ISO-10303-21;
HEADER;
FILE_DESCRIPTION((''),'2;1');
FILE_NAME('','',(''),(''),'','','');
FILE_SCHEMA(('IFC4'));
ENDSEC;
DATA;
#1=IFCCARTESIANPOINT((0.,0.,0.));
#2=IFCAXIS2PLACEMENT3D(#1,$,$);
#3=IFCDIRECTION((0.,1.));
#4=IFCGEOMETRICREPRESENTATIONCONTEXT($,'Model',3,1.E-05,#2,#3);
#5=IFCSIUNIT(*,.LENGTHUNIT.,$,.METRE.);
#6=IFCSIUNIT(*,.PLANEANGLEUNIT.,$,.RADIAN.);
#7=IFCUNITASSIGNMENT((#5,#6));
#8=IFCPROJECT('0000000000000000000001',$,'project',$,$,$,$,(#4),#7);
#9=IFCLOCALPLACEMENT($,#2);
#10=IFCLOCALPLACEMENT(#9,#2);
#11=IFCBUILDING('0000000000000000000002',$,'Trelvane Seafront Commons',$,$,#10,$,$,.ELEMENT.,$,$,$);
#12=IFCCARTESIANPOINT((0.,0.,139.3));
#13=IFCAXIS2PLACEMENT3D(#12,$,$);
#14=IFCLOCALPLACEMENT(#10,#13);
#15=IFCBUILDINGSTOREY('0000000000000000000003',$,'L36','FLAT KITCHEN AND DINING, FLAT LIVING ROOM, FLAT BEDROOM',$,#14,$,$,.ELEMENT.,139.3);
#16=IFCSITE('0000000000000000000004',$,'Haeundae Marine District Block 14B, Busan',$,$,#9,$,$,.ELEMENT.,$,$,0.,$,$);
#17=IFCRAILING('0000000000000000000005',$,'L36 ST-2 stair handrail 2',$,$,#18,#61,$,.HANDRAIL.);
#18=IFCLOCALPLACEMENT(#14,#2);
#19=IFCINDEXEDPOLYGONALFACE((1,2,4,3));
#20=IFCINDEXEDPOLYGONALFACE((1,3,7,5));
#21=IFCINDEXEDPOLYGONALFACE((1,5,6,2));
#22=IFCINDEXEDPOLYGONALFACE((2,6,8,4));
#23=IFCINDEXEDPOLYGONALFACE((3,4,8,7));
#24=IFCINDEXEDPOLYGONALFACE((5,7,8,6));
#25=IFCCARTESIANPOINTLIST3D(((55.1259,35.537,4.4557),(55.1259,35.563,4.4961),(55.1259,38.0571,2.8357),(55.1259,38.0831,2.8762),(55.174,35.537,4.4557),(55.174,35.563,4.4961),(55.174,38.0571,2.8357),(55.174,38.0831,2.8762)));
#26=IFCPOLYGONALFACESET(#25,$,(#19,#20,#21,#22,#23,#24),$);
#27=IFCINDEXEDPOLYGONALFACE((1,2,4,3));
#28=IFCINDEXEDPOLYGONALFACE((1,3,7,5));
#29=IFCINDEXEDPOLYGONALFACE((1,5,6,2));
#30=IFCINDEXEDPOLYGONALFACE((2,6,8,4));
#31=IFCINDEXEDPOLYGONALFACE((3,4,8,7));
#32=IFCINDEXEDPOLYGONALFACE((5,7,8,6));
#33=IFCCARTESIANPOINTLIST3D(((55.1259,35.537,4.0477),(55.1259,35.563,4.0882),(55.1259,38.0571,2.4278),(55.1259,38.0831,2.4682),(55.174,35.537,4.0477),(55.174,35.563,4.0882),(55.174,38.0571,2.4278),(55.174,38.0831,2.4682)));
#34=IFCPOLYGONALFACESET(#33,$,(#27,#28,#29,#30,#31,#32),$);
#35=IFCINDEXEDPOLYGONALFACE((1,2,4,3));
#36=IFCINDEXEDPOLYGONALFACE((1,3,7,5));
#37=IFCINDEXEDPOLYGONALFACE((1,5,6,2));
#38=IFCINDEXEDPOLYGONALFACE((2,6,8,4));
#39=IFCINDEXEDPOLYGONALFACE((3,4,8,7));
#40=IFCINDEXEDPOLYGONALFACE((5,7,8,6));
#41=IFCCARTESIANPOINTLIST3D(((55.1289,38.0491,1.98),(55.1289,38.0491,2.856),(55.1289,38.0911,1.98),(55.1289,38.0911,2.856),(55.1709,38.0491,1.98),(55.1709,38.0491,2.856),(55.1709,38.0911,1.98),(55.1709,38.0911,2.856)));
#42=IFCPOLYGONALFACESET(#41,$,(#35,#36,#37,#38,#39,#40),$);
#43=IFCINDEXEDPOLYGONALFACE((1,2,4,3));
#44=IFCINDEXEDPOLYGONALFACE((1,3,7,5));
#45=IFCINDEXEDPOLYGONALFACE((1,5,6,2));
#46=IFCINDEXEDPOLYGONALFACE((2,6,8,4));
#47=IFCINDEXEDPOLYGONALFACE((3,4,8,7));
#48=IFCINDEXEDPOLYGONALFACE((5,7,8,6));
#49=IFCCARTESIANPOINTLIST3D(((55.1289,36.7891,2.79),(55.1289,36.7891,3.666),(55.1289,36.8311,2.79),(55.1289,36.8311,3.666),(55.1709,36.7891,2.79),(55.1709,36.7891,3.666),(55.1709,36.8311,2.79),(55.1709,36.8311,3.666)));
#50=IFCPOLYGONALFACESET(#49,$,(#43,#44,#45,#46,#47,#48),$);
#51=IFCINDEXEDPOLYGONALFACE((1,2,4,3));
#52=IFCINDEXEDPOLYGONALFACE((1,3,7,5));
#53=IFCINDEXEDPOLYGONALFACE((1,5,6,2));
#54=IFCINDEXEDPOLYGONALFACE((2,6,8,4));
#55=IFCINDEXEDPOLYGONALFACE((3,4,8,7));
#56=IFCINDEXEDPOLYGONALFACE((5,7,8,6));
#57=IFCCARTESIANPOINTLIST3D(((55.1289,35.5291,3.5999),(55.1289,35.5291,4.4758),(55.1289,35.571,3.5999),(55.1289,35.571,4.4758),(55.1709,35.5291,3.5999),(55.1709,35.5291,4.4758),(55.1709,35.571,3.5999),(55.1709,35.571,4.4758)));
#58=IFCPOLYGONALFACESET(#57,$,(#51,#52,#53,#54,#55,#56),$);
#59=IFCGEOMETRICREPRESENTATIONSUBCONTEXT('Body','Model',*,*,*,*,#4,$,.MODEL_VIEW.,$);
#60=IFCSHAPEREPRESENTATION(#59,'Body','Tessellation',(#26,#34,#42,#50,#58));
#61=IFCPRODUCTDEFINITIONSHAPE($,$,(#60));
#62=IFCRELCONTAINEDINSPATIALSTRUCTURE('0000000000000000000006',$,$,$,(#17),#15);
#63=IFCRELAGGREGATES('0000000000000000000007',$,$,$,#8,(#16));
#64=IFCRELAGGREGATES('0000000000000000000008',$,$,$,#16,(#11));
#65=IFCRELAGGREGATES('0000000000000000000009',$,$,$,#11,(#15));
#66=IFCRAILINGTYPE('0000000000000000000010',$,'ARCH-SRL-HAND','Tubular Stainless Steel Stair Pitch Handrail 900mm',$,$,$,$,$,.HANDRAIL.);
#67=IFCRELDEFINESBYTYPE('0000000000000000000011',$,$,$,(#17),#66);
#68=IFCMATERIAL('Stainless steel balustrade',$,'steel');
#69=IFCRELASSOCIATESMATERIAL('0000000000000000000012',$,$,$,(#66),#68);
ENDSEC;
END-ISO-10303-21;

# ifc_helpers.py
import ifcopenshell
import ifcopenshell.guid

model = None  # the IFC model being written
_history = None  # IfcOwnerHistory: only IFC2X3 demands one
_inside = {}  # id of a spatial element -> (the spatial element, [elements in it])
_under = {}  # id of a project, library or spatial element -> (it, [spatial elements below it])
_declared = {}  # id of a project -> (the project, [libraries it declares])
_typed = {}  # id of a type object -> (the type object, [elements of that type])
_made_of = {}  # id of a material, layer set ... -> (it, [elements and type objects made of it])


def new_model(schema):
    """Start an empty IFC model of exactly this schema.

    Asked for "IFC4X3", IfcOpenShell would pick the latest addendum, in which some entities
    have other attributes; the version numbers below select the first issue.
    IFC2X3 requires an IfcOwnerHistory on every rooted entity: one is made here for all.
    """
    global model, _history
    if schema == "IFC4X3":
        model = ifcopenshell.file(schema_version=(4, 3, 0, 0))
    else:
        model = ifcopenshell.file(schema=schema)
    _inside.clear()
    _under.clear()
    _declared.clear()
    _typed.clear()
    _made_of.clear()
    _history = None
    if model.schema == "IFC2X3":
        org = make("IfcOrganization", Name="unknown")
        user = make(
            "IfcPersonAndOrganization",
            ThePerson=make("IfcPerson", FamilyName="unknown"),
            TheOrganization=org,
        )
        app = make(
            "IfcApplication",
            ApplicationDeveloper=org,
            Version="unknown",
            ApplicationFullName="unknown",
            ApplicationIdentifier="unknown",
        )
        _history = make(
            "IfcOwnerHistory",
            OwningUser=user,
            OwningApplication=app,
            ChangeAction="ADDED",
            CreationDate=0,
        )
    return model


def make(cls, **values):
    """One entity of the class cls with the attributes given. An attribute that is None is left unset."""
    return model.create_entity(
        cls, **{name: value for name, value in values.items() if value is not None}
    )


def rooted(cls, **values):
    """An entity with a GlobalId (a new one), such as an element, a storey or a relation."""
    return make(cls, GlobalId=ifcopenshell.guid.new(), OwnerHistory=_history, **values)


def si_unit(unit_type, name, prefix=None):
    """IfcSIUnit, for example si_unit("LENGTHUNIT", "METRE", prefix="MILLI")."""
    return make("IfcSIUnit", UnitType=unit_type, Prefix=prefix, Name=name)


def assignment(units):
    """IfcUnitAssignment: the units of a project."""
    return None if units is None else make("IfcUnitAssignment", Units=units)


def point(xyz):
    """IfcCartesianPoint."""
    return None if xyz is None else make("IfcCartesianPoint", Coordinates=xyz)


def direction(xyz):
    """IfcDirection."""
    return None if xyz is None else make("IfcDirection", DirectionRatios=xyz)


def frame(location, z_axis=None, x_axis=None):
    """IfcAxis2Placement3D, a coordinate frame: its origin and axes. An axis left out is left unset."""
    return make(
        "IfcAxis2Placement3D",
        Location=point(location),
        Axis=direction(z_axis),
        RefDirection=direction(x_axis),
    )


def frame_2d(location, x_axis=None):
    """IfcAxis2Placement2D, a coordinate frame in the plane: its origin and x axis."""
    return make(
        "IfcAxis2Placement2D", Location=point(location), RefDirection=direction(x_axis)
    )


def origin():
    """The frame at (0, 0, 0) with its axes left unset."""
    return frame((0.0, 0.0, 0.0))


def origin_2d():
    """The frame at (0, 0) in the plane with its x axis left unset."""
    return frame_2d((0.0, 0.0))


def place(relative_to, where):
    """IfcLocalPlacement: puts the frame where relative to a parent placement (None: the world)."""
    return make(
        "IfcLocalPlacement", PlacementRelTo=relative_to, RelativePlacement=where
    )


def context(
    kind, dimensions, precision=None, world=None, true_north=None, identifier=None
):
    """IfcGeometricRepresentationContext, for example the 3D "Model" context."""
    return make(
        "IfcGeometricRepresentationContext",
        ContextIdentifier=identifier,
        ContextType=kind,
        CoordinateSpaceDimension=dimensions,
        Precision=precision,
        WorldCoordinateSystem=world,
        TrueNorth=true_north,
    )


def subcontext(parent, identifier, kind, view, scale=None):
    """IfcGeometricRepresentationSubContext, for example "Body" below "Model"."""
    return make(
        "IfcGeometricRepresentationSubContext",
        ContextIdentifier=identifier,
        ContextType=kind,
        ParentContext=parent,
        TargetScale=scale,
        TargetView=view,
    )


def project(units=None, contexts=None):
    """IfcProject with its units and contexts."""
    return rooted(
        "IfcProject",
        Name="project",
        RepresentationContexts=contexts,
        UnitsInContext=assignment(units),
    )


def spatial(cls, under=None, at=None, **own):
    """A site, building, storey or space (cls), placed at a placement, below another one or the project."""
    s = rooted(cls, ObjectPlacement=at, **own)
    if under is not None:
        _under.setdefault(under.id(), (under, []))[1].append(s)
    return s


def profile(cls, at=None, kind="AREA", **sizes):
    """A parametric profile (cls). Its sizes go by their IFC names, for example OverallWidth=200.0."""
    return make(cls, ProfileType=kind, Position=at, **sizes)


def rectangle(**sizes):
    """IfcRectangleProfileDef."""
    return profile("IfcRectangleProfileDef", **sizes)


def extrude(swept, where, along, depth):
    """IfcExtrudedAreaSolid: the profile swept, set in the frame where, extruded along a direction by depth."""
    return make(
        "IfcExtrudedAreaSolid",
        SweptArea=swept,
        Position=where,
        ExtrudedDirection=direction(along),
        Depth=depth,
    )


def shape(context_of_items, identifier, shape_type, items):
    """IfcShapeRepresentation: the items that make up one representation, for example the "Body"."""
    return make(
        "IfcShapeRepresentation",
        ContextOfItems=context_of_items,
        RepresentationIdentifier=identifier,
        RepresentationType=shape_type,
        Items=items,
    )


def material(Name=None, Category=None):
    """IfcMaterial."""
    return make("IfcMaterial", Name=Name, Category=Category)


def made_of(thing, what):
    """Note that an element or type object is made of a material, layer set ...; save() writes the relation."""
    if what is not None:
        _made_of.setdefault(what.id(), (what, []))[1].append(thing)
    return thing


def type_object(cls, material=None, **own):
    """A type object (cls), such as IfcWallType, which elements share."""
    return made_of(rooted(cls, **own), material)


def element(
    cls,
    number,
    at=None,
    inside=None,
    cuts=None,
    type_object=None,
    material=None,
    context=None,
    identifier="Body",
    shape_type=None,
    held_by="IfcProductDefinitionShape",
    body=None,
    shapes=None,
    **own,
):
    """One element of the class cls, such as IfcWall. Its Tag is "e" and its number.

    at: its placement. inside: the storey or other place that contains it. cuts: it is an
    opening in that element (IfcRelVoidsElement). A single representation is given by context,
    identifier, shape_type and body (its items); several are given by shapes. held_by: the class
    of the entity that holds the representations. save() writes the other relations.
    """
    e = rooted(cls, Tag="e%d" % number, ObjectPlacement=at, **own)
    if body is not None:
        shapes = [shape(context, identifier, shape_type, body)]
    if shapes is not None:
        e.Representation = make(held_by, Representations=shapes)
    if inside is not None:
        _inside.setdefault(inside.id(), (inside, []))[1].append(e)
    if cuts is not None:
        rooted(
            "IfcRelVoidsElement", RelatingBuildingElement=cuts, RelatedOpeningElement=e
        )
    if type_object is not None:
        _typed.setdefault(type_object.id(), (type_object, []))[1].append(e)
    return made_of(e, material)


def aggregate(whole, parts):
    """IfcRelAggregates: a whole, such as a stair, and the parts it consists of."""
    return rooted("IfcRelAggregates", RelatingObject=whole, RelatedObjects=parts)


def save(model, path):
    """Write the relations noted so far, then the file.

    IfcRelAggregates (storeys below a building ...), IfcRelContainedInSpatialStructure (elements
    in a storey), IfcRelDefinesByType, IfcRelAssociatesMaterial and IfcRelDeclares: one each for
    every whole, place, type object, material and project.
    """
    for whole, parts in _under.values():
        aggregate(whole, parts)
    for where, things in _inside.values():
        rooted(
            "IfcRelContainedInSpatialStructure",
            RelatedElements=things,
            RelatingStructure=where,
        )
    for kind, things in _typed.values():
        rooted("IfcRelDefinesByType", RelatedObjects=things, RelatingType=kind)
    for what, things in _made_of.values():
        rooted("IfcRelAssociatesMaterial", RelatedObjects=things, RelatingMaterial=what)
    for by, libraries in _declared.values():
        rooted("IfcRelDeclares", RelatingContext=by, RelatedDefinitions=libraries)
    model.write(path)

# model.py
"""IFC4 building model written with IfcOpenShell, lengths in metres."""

from ifc_helpers import new_model, si_unit, direction, frame, origin, origin_2d, place, context, subcontext, project, spatial, rectangle, extrude, material, type_object, element, save


model = new_model("IFC4")

# Units and contexts
model_context = context("Model", 3, precision=1e-05, world=origin(), true_north=direction((0.0, 1.0)))
body_context = subcontext(model_context, "Body", "Model", "MODEL_VIEW")
ifc_project = project(units=[si_unit("LENGTHUNIT", "METRE"), si_unit("PLANEANGLEUNIT", "RADIAN")], contexts=[model_context])

# Site, building, storey
site_placement = place(None, origin())
site = spatial("IfcSite", under=ifc_project, at=site_placement, Name="Haeundae Marine District Block 14B, Busan", CompositionType="ELEMENT", RefElevation=0.0)
building_placement = place(site_placement, origin())
building = spatial("IfcBuilding", under=site, at=building_placement, Name="Trelvane Seafront Commons", CompositionType="ELEMENT")
storey_placement = place(building_placement, frame((0.0, 0.0, 139.3)))
storey = spatial("IfcBuildingStorey", under=building, at=storey_placement, Name="L36", Description="FLAT KITCHEN AND DINING, FLAT LIVING ROOM, FLAT BEDROOM", CompositionType="ELEMENT", Elevation=139.3)

# Railing
ifc_material_1 = material(Name="Stainless steel balustrade", Category="steel")
railing_type_1 = type_object("IfcRailingType", Name="ARCH-SRL-HAND", Description="Tubular Stainless Steel Stair Pitch Handrail 900mm", PredefinedType="HANDRAIL", material=ifc_material_1)
railing_1_placement = place(storey_placement, frame((55.1499, 38.0701, 1.98)))
element("IfcRailing", 1, at=railing_1_placement, inside=storey, type_object=railing_type_1, Name="L36 ST-2 stair handrail 2", PredefinedType="HANDRAIL", context=body_context, shape_type="SweptSolid", body=[
    extrude(rectangle(XDim=0.0481, YDim=0.0481, at=origin_2d()), frame((0.0, 0.0, 0.876), z_axis=(0.0, -0.8412, 0.540725), x_axis=(1.0, 0.0, 0.0)), (0.0, 0.0, 1.0), 2.9958),
    extrude(rectangle(XDim=0.0481, YDim=0.0481, at=origin_2d()), frame((0.0, 0.0, 0.468), z_axis=(0.0, -0.8412, 0.540725), x_axis=(1.0, 0.0, 0.0)), (0.0, 0.0, 1.0), 2.9958),
    extrude(rectangle(XDim=0.042, YDim=0.042, at=origin_2d()), origin(), (0.0, 0.0, 1.0), 0.876),
    extrude(rectangle(XDim=0.042, YDim=0.042, at=origin_2d()), frame((0.0, -1.26, 0.8101)), (0.0, 0.0, 1.0), 0.876),
    extrude(rectangle(XDim=0.042, YDim=0.042, at=origin_2d()), frame((0.0, -2.52, 1.6199)), (0.0, 0.0, 1.0), 0.876),
])

save(model, "model.ifc")
